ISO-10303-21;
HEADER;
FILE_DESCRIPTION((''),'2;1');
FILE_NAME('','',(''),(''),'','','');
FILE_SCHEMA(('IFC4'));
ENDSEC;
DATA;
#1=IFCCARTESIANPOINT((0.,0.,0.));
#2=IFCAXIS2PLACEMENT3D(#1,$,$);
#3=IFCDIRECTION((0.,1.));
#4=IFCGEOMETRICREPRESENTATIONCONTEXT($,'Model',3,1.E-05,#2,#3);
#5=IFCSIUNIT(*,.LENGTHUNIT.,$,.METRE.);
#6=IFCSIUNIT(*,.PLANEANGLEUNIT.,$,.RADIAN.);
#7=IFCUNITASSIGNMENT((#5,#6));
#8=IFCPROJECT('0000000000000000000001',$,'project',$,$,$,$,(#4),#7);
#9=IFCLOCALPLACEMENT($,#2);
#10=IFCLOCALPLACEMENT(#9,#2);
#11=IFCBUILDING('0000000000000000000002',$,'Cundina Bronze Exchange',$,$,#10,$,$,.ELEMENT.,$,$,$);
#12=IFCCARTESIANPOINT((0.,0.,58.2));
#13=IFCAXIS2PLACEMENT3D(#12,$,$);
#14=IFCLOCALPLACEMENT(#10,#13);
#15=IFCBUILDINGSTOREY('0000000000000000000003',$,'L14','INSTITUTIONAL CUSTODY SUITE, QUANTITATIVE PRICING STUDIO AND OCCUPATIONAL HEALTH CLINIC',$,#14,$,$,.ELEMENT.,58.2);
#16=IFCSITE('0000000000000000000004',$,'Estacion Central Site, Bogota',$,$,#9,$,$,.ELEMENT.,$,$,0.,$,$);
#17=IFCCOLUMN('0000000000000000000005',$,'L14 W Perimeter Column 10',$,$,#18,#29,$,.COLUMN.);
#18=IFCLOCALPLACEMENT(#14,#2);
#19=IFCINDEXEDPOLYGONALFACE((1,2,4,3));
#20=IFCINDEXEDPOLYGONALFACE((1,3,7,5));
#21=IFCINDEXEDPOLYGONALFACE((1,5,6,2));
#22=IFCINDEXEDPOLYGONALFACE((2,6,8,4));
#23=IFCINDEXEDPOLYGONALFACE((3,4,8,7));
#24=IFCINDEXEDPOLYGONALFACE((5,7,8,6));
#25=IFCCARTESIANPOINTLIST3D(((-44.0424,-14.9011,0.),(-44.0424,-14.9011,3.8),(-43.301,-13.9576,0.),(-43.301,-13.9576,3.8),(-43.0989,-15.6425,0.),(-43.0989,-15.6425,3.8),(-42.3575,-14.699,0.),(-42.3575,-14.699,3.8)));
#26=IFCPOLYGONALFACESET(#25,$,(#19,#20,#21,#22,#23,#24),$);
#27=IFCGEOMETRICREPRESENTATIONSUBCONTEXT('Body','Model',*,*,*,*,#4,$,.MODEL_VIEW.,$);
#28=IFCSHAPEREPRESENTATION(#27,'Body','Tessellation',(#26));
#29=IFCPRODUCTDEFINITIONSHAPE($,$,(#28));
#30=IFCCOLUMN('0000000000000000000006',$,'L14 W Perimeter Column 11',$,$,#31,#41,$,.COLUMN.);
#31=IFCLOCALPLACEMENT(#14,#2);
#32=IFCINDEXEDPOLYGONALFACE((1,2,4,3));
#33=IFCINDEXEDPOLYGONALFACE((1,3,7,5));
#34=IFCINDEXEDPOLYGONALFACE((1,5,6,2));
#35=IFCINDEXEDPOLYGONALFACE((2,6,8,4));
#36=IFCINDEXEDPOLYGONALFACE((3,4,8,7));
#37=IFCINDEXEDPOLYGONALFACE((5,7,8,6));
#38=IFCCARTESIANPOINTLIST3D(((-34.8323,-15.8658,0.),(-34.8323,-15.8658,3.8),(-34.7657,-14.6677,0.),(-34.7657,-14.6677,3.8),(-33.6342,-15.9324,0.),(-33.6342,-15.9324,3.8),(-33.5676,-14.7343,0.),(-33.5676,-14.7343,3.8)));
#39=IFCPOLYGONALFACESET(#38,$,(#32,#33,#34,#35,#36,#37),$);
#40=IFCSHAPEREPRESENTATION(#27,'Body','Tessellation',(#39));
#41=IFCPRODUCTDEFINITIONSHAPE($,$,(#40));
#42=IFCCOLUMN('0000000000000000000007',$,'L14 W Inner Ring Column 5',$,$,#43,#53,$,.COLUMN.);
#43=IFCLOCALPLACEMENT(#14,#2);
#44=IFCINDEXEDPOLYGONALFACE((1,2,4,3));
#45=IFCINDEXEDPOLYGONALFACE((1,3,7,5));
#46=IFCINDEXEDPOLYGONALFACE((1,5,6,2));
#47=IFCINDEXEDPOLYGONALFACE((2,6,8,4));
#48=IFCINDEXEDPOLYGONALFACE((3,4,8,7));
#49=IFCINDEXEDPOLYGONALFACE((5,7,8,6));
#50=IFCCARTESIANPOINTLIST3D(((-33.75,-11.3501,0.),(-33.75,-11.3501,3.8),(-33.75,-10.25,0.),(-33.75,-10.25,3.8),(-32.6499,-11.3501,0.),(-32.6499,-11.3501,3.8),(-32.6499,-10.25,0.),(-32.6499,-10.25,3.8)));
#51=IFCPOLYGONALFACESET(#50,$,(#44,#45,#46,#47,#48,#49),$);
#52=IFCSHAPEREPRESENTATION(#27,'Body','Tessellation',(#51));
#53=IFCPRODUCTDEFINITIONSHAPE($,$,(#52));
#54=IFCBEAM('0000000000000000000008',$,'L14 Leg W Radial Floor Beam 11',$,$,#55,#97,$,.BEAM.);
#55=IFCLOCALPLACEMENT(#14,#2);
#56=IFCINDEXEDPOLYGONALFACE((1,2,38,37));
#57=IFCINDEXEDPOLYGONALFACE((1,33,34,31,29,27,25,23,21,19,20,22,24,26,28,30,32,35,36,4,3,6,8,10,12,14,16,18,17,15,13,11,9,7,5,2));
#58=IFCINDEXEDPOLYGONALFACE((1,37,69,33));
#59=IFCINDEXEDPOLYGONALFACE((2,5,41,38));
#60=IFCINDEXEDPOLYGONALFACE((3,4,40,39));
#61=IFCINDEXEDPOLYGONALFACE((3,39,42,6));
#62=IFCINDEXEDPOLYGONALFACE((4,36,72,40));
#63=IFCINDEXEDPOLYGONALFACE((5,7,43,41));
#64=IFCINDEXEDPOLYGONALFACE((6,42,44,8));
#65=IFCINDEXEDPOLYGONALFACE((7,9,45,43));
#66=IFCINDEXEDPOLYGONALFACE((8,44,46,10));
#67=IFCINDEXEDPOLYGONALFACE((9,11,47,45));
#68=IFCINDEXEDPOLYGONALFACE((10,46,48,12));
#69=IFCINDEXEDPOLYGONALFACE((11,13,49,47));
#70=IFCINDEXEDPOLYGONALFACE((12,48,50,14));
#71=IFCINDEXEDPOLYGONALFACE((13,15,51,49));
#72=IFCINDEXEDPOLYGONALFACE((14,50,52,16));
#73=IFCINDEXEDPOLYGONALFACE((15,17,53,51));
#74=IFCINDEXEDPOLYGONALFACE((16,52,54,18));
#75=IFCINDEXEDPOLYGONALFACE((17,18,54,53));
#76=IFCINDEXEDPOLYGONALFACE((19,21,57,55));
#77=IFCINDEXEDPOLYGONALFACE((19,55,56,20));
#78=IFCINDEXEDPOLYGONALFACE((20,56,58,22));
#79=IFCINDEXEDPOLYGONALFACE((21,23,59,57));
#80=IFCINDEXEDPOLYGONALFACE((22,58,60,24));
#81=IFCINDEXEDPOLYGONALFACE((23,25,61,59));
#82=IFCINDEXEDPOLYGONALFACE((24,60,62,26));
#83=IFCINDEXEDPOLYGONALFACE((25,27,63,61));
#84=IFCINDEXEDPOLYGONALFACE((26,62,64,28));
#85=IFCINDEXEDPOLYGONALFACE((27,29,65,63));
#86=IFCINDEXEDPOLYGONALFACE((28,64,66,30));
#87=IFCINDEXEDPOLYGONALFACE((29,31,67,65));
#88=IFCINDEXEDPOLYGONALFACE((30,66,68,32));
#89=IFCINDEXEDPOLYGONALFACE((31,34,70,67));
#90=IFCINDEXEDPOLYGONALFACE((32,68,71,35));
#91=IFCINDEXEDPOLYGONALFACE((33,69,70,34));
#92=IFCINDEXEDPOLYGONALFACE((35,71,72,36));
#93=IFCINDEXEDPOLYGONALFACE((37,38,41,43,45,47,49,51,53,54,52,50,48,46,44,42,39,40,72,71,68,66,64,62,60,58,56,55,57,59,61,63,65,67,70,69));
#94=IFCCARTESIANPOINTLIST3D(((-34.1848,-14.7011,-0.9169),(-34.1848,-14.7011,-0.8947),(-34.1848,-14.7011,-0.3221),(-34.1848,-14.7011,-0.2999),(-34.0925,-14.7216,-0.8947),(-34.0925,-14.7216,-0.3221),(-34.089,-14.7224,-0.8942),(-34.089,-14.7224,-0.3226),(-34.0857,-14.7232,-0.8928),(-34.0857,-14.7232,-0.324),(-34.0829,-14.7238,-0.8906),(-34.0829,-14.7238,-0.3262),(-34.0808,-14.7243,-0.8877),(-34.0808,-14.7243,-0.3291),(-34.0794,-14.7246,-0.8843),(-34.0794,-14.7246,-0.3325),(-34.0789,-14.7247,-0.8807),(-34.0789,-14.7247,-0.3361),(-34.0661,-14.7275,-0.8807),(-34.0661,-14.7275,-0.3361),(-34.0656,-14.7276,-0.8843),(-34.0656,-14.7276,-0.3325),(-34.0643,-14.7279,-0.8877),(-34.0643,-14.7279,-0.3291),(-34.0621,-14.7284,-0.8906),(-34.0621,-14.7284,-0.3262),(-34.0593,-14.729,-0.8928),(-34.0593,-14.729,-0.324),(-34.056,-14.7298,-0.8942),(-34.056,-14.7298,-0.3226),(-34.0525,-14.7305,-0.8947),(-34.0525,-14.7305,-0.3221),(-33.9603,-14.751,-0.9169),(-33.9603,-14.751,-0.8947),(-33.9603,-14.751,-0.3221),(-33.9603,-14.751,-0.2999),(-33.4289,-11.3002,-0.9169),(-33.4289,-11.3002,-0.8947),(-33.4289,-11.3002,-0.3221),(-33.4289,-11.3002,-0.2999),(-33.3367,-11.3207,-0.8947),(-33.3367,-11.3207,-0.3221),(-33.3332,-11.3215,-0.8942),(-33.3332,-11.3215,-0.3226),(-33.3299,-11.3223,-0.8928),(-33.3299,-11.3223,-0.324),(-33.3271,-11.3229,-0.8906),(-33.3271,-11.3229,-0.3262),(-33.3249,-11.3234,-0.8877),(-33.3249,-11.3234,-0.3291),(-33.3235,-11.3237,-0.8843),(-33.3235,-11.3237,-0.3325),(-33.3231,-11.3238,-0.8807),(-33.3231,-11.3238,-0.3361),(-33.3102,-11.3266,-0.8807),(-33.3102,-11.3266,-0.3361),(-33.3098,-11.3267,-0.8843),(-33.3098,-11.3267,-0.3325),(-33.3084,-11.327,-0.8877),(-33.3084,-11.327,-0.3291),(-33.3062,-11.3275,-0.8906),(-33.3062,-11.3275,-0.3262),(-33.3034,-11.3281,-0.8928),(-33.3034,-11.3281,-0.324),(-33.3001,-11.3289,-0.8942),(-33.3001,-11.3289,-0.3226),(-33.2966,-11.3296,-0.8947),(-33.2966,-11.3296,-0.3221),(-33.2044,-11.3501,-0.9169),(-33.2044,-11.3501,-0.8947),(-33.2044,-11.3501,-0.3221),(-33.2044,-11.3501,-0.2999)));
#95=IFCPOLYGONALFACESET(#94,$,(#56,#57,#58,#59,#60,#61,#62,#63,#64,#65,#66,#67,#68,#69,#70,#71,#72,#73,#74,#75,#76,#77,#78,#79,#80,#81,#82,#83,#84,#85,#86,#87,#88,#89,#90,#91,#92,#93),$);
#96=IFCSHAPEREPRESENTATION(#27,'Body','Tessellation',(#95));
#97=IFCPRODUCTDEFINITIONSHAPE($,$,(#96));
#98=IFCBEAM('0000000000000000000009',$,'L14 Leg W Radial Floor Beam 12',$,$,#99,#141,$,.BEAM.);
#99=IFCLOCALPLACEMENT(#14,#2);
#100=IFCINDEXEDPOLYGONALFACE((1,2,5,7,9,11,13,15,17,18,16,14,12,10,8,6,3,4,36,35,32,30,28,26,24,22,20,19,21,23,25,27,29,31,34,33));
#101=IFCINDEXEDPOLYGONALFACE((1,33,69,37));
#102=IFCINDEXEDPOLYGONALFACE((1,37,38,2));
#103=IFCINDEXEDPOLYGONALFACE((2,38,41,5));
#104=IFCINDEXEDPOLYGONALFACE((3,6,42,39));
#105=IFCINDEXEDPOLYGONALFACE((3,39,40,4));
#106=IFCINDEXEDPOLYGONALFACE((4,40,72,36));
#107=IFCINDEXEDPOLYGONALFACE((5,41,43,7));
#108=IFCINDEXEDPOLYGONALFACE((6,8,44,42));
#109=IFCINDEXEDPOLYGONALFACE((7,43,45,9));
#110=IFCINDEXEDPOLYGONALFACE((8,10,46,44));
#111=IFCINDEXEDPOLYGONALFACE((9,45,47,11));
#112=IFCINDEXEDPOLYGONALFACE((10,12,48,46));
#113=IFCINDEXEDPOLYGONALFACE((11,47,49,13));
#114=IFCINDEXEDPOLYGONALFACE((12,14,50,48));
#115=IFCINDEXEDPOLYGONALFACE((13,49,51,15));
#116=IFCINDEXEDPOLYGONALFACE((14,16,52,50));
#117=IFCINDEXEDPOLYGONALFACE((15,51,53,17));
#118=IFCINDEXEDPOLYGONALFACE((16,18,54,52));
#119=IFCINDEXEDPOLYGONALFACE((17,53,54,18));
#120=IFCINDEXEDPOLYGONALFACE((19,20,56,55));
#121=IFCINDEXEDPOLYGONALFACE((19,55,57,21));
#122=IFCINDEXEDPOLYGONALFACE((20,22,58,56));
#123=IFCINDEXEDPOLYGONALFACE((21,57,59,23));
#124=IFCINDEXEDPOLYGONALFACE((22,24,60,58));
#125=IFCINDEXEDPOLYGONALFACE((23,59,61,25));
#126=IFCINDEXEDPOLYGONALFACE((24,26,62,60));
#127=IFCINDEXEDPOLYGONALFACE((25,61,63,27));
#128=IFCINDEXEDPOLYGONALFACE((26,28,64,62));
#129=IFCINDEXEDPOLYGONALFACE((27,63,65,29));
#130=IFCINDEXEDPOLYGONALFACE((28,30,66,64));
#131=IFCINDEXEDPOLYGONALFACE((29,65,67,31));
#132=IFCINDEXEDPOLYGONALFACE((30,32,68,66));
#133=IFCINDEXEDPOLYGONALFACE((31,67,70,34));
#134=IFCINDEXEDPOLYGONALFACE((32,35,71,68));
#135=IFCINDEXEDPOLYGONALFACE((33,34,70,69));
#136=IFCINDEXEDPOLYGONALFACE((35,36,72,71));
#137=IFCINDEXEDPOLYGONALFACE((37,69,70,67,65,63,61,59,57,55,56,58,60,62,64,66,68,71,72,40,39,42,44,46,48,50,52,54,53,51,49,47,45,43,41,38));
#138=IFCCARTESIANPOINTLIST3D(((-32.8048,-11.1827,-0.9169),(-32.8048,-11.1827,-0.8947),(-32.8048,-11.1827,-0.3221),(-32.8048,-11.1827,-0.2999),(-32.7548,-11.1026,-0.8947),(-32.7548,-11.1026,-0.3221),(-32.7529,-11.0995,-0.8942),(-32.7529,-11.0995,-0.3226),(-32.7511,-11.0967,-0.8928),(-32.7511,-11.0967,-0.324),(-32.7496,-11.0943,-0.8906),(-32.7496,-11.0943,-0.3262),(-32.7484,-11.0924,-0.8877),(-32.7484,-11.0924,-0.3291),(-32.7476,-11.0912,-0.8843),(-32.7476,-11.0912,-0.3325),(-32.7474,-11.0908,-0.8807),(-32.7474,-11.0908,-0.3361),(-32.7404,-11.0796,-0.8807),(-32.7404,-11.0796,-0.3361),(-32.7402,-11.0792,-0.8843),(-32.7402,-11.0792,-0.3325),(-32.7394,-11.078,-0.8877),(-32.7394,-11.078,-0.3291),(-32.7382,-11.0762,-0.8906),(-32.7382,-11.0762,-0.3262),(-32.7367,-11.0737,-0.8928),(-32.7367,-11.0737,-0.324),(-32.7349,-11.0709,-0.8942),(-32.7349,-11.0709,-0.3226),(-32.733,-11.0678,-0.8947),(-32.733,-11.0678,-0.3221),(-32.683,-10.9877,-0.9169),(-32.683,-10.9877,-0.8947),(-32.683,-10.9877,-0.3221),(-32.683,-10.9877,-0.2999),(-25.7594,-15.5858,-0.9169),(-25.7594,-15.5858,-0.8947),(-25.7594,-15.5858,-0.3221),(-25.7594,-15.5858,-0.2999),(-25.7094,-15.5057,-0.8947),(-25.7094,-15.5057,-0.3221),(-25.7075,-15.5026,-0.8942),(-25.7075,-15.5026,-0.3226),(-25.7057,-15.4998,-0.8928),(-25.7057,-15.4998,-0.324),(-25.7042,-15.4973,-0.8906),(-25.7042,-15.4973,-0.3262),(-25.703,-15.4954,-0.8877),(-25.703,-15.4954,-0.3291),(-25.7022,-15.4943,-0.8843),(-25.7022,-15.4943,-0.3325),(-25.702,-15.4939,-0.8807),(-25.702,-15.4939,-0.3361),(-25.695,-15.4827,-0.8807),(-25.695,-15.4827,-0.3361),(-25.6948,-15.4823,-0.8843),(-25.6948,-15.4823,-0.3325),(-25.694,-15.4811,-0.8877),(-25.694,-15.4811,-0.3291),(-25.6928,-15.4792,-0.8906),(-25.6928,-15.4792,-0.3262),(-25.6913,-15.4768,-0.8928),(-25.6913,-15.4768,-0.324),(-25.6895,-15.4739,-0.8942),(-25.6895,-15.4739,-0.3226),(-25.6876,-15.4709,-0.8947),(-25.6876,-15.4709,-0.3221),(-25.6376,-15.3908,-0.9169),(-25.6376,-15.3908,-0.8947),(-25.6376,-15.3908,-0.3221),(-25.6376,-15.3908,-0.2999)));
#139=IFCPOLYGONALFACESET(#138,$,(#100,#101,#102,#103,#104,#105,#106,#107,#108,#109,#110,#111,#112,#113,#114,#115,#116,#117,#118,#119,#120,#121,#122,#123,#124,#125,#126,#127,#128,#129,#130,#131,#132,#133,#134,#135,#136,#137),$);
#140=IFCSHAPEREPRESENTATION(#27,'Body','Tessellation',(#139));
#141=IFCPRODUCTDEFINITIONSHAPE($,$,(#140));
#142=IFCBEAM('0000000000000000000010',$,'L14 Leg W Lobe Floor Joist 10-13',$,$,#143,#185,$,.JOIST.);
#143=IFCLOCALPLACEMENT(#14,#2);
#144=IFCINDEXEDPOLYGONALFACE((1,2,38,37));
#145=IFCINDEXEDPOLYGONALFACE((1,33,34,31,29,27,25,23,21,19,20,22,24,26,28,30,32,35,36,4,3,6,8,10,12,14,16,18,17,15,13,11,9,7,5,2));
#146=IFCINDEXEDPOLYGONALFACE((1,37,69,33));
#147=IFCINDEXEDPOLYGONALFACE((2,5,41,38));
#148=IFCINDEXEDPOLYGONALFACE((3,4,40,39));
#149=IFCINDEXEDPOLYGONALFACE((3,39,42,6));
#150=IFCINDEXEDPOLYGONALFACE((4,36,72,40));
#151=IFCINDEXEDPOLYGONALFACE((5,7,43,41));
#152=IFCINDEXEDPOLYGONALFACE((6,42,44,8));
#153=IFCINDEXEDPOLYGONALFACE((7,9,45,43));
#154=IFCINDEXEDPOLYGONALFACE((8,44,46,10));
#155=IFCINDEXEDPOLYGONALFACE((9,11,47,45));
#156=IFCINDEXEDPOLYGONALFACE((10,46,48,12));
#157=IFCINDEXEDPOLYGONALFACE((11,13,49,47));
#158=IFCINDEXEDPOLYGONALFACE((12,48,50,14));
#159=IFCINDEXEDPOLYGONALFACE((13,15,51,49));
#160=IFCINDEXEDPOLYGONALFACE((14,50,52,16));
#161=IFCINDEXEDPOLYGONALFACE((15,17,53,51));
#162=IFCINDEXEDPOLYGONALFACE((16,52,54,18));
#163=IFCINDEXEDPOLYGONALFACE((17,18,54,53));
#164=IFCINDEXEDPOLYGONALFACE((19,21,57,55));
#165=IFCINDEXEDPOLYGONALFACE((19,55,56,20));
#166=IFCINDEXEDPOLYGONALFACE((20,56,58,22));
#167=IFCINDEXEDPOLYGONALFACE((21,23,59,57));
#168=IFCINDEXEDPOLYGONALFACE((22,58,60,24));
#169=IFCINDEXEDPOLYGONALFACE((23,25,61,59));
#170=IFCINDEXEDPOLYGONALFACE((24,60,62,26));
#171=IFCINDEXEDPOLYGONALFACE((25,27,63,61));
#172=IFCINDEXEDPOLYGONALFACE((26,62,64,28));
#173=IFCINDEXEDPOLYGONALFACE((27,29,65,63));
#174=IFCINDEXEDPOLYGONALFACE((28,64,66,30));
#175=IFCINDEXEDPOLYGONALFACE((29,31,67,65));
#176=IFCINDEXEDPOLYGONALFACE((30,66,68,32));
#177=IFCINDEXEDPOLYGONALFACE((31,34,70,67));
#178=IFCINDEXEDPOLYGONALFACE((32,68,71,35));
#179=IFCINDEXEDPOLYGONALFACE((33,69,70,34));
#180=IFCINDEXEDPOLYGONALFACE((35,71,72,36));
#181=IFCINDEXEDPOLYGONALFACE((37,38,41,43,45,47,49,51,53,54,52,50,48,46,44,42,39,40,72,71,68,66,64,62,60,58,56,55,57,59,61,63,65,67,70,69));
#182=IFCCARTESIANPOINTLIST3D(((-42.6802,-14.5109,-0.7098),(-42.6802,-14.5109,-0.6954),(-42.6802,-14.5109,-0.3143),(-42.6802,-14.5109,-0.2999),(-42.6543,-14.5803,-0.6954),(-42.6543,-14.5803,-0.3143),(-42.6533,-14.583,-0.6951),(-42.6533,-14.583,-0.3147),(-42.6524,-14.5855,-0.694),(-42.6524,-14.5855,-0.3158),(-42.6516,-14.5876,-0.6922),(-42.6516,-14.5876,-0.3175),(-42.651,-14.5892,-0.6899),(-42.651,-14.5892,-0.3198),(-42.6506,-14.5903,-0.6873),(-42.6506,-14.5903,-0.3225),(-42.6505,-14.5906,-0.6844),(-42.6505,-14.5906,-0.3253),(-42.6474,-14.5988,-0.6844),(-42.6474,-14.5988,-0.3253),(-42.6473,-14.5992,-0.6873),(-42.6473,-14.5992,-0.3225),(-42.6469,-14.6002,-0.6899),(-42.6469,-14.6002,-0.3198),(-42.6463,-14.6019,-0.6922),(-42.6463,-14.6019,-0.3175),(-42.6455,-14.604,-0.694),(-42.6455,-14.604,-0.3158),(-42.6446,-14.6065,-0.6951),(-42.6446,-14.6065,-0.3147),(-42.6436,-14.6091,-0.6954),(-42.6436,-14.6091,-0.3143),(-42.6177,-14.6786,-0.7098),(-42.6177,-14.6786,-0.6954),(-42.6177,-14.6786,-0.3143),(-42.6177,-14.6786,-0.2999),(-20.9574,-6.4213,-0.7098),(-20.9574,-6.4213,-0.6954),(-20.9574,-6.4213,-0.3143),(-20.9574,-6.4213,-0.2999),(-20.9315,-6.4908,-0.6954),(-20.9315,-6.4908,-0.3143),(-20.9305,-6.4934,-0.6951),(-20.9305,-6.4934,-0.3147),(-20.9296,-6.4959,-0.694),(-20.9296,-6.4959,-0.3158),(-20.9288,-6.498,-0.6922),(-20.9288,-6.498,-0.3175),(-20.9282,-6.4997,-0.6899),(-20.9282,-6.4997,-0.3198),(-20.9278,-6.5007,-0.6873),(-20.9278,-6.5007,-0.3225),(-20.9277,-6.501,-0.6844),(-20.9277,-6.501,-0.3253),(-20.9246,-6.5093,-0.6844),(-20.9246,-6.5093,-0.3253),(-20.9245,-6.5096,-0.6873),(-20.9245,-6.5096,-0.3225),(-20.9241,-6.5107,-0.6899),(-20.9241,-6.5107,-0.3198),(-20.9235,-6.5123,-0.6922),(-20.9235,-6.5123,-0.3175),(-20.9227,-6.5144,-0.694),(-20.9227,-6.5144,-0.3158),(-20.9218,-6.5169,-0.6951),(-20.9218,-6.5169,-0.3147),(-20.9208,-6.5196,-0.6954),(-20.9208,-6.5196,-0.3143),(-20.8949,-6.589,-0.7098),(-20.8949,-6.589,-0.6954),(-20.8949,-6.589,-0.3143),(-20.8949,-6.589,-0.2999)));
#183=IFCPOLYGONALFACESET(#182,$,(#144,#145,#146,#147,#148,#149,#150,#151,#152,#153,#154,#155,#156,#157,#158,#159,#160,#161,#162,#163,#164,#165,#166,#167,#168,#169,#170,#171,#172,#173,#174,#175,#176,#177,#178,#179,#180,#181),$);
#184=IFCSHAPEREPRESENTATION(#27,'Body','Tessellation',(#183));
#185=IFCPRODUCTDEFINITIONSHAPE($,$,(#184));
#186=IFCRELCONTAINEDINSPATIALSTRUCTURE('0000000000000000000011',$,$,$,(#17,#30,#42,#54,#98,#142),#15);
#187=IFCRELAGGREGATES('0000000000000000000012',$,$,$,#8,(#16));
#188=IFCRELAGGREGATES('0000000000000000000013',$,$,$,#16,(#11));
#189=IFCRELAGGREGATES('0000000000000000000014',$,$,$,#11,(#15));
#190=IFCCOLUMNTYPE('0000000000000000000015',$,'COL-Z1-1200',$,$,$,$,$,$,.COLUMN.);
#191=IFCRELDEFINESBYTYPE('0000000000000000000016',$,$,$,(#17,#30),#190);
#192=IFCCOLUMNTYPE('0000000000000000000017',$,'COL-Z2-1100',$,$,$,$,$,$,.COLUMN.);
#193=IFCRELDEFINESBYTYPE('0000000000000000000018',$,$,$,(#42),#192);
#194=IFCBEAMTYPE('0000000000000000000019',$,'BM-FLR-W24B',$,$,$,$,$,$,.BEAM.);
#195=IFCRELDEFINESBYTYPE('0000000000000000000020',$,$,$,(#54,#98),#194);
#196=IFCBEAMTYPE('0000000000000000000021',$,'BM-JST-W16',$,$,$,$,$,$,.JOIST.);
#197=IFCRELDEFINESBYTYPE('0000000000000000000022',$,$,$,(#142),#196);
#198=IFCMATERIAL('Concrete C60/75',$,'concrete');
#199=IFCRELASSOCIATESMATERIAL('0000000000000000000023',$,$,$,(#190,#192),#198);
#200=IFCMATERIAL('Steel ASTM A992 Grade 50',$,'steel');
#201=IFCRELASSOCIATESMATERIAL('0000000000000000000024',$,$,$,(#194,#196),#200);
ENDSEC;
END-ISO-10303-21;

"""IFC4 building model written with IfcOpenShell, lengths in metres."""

from ifc_helpers import new_model, si_unit, direction, frame, origin, origin_2d, place, context, subcontext, project, spatial, rectangle, i_section, extrude, material, material_profile, profile_set, type_object, element, save


model = new_model("IFC4")

# Units and contexts
model_context = context("Model", 3, precision=1e-05, world=origin(), true_north=direction((0.0, 1.0)))
body_context = subcontext(model_context, "Body", "Model", "MODEL_VIEW")
ifc_project = project(units=[si_unit("LENGTHUNIT", "METRE"), si_unit("PLANEANGLEUNIT", "RADIAN")], contexts=[model_context])

# Site, building, storey
site_placement = place(None, origin())
site = spatial("IfcSite", under=ifc_project, at=site_placement, Name="Estacion Central Site, Bogota", CompositionType="ELEMENT", RefElevation=0.0)
building_placement = place(site_placement, origin())
building = spatial("IfcBuilding", under=site, at=building_placement, Name="Cundina Bronze Exchange", CompositionType="ELEMENT")
storey_placement = place(building_placement, frame((0.0, 0.0, 58.2)))
storey = spatial("IfcBuildingStorey", under=building, at=storey_placement, Name="L14", Description="INSTITUTIONAL CUSTODY SUITE, QUANTITATIVE PRICING STUDIO AND OCCUPATIONAL HEALTH CLINIC", CompositionType="ELEMENT", Elevation=58.2)

# Columns
ifc_material_1 = material(Name="Concrete C60/75", Category="concrete")
ifc_material_profile_1 = material_profile(ifc_material_1, rectangle(XDim=1.2, YDim=1.2, at=origin_2d()), Name="RC1200X1200", Category="concrete")
ifc_profile_set_1 = profile_set([ifc_material_profile_1], Name="Concrete C60/75")
column_type_1 = type_object("IfcColumnType", Name="COL-Z1-1200", PredefinedType="COLUMN", material=ifc_profile_set_1)
for number, where, z_axis, x_axis, name in (
    (1, (-43.2, -14.8, 0.0), (0.0, 0.0, 1.0), (0.786288, -0.61786, 0.0), "L14 W Perimeter Column 10"),
    (2, (-34.2, -15.3, 0.0), (0.0, 0.0, 1.0), (0.99846, -0.055473, 0.0), "L14 W Perimeter Column 11"),
):
    element("IfcColumn", number, at=place(storey_placement, frame(where, z_axis=z_axis, x_axis=x_axis)), inside=storey, type_object=column_type_1, Name=name, PredefinedType="COLUMN", context=body_context, shape_type="SweptSolid", body=[
        extrude(rectangle(XDim=1.2, YDim=1.2, at=origin_2d()), origin(), (0.0, 0.0, 1.0), 3.8),
    ])
ifc_material_profile_2 = material_profile(ifc_material_1, rectangle(XDim=1.1001, YDim=1.1001, at=origin_2d()), Name="RC1100X1100", Category="concrete")
ifc_profile_set_2 = profile_set([ifc_material_profile_2], Name="Concrete C60/75")
column_type_2 = type_object("IfcColumnType", Name="COL-Z2-1100", PredefinedType="COLUMN", material=ifc_profile_set_2)
column_placement = place(storey_placement, frame((-33.2, -10.8, 0.0), z_axis=(0.0, 0.0, 1.0), x_axis=(1.0, 0.0, 0.0)))
element("IfcColumn", 3, at=column_placement, inside=storey, type_object=column_type_2, Name="L14 W Inner Ring Column 5", PredefinedType="COLUMN", context=body_context, shape_type="SweptSolid", body=[
    extrude(rectangle(XDim=1.1001, YDim=1.1001, at=origin_2d()), origin(), (0.0, 0.0, 1.0), 3.8),
])

# Beams
ifc_material_2 = material(Name="Steel ASTM A992 Grade 50", Category="steel")
ifc_material_profile_3 = material_profile(ifc_material_2, i_section(OverallWidth=0.23, OverallDepth=0.6169, WebThickness=0.0132, FlangeThickness=0.0222, FilletRadius=0.0139, at=origin_2d()), Name="W24X94", Category="steel")
ifc_profile_set_3 = profile_set([ifc_material_profile_3], Name="Steel ASTM A992 Grade 50")
beam_type_1 = type_object("IfcBeamType", Name="BM-FLR-W24B", PredefinedType="BEAM", material=ifc_profile_set_3)
beam_1_placement = place(storey_placement, frame((-33.3167, -11.3252, -0.6084), z_axis=(-0.21696, -0.97618, 0.0), x_axis=(0.97618, -0.21696, 0.0)))
element("IfcBeam", 4, at=beam_1_placement, inside=storey, type_object=beam_type_1, Name="L14 Leg W Radial Floor Beam 11", PredefinedType="BEAM", context=body_context, shape_type="SweptSolid", body=[
    extrude(i_section(OverallWidth=0.23, OverallDepth=0.6169, WebThickness=0.0132, FlangeThickness=0.0222, FilletRadius=0.0139, at=origin_2d()), origin(), (0.0, 0.0, 1.0), 3.4839),
])
beam_2_placement = place(storey_placement, frame((-32.7439, -11.0852, -0.6084), z_axis=(0.848015, -0.529973, 0.0), x_axis=(0.529973, 0.848015, 0.0)))
element("IfcBeam", 5, at=beam_2_placement, inside=storey, type_object=beam_type_1, Name="L14 Leg W Radial Floor Beam 12", PredefinedType="BEAM", context=body_context, shape_type="SweptSolid", body=[
    extrude(i_section(OverallWidth=0.23, OverallDepth=0.6169, WebThickness=0.0132, FlangeThickness=0.0222, FilletRadius=0.0139, at=origin_2d()), origin(), (0.0, 0.0, 1.0), 8.3081),
])
ifc_material_profile_4 = material_profile(ifc_material_2, i_section(OverallWidth=0.179, OverallDepth=0.4099, WebThickness=0.0088, FlangeThickness=0.0144, FilletRadius=0.011, at=origin_2d()), Name="W16X45", Category="steel")
ifc_profile_set_4 = profile_set([ifc_material_profile_4], Name="Steel ASTM A992 Grade 50")
beam_type_2 = type_object("IfcBeamType", Name="BM-JST-W16", PredefinedType="JOIST", material=ifc_profile_set_4)
beam_3_placement = place(storey_placement, frame((-42.6489, -14.5947, -0.5049), z_axis=(0.937128, 0.348986, 0.0), x_axis=(-0.348986, 0.937128, 0.0)))
element("IfcBeam", 6, at=beam_3_placement, inside=storey, type_object=beam_type_2, Name="L14 Leg W Lobe Floor Joist 10-13", PredefinedType="JOIST", context=body_context, shape_type="SweptSolid", body=[
    extrude(i_section(OverallWidth=0.179, OverallDepth=0.4099, WebThickness=0.0088, FlangeThickness=0.0144, FilletRadius=0.011, at=origin_2d()), origin(), (0.0, 0.0, 1.0), 23.1802),
])

save(model, "model.ifc")
